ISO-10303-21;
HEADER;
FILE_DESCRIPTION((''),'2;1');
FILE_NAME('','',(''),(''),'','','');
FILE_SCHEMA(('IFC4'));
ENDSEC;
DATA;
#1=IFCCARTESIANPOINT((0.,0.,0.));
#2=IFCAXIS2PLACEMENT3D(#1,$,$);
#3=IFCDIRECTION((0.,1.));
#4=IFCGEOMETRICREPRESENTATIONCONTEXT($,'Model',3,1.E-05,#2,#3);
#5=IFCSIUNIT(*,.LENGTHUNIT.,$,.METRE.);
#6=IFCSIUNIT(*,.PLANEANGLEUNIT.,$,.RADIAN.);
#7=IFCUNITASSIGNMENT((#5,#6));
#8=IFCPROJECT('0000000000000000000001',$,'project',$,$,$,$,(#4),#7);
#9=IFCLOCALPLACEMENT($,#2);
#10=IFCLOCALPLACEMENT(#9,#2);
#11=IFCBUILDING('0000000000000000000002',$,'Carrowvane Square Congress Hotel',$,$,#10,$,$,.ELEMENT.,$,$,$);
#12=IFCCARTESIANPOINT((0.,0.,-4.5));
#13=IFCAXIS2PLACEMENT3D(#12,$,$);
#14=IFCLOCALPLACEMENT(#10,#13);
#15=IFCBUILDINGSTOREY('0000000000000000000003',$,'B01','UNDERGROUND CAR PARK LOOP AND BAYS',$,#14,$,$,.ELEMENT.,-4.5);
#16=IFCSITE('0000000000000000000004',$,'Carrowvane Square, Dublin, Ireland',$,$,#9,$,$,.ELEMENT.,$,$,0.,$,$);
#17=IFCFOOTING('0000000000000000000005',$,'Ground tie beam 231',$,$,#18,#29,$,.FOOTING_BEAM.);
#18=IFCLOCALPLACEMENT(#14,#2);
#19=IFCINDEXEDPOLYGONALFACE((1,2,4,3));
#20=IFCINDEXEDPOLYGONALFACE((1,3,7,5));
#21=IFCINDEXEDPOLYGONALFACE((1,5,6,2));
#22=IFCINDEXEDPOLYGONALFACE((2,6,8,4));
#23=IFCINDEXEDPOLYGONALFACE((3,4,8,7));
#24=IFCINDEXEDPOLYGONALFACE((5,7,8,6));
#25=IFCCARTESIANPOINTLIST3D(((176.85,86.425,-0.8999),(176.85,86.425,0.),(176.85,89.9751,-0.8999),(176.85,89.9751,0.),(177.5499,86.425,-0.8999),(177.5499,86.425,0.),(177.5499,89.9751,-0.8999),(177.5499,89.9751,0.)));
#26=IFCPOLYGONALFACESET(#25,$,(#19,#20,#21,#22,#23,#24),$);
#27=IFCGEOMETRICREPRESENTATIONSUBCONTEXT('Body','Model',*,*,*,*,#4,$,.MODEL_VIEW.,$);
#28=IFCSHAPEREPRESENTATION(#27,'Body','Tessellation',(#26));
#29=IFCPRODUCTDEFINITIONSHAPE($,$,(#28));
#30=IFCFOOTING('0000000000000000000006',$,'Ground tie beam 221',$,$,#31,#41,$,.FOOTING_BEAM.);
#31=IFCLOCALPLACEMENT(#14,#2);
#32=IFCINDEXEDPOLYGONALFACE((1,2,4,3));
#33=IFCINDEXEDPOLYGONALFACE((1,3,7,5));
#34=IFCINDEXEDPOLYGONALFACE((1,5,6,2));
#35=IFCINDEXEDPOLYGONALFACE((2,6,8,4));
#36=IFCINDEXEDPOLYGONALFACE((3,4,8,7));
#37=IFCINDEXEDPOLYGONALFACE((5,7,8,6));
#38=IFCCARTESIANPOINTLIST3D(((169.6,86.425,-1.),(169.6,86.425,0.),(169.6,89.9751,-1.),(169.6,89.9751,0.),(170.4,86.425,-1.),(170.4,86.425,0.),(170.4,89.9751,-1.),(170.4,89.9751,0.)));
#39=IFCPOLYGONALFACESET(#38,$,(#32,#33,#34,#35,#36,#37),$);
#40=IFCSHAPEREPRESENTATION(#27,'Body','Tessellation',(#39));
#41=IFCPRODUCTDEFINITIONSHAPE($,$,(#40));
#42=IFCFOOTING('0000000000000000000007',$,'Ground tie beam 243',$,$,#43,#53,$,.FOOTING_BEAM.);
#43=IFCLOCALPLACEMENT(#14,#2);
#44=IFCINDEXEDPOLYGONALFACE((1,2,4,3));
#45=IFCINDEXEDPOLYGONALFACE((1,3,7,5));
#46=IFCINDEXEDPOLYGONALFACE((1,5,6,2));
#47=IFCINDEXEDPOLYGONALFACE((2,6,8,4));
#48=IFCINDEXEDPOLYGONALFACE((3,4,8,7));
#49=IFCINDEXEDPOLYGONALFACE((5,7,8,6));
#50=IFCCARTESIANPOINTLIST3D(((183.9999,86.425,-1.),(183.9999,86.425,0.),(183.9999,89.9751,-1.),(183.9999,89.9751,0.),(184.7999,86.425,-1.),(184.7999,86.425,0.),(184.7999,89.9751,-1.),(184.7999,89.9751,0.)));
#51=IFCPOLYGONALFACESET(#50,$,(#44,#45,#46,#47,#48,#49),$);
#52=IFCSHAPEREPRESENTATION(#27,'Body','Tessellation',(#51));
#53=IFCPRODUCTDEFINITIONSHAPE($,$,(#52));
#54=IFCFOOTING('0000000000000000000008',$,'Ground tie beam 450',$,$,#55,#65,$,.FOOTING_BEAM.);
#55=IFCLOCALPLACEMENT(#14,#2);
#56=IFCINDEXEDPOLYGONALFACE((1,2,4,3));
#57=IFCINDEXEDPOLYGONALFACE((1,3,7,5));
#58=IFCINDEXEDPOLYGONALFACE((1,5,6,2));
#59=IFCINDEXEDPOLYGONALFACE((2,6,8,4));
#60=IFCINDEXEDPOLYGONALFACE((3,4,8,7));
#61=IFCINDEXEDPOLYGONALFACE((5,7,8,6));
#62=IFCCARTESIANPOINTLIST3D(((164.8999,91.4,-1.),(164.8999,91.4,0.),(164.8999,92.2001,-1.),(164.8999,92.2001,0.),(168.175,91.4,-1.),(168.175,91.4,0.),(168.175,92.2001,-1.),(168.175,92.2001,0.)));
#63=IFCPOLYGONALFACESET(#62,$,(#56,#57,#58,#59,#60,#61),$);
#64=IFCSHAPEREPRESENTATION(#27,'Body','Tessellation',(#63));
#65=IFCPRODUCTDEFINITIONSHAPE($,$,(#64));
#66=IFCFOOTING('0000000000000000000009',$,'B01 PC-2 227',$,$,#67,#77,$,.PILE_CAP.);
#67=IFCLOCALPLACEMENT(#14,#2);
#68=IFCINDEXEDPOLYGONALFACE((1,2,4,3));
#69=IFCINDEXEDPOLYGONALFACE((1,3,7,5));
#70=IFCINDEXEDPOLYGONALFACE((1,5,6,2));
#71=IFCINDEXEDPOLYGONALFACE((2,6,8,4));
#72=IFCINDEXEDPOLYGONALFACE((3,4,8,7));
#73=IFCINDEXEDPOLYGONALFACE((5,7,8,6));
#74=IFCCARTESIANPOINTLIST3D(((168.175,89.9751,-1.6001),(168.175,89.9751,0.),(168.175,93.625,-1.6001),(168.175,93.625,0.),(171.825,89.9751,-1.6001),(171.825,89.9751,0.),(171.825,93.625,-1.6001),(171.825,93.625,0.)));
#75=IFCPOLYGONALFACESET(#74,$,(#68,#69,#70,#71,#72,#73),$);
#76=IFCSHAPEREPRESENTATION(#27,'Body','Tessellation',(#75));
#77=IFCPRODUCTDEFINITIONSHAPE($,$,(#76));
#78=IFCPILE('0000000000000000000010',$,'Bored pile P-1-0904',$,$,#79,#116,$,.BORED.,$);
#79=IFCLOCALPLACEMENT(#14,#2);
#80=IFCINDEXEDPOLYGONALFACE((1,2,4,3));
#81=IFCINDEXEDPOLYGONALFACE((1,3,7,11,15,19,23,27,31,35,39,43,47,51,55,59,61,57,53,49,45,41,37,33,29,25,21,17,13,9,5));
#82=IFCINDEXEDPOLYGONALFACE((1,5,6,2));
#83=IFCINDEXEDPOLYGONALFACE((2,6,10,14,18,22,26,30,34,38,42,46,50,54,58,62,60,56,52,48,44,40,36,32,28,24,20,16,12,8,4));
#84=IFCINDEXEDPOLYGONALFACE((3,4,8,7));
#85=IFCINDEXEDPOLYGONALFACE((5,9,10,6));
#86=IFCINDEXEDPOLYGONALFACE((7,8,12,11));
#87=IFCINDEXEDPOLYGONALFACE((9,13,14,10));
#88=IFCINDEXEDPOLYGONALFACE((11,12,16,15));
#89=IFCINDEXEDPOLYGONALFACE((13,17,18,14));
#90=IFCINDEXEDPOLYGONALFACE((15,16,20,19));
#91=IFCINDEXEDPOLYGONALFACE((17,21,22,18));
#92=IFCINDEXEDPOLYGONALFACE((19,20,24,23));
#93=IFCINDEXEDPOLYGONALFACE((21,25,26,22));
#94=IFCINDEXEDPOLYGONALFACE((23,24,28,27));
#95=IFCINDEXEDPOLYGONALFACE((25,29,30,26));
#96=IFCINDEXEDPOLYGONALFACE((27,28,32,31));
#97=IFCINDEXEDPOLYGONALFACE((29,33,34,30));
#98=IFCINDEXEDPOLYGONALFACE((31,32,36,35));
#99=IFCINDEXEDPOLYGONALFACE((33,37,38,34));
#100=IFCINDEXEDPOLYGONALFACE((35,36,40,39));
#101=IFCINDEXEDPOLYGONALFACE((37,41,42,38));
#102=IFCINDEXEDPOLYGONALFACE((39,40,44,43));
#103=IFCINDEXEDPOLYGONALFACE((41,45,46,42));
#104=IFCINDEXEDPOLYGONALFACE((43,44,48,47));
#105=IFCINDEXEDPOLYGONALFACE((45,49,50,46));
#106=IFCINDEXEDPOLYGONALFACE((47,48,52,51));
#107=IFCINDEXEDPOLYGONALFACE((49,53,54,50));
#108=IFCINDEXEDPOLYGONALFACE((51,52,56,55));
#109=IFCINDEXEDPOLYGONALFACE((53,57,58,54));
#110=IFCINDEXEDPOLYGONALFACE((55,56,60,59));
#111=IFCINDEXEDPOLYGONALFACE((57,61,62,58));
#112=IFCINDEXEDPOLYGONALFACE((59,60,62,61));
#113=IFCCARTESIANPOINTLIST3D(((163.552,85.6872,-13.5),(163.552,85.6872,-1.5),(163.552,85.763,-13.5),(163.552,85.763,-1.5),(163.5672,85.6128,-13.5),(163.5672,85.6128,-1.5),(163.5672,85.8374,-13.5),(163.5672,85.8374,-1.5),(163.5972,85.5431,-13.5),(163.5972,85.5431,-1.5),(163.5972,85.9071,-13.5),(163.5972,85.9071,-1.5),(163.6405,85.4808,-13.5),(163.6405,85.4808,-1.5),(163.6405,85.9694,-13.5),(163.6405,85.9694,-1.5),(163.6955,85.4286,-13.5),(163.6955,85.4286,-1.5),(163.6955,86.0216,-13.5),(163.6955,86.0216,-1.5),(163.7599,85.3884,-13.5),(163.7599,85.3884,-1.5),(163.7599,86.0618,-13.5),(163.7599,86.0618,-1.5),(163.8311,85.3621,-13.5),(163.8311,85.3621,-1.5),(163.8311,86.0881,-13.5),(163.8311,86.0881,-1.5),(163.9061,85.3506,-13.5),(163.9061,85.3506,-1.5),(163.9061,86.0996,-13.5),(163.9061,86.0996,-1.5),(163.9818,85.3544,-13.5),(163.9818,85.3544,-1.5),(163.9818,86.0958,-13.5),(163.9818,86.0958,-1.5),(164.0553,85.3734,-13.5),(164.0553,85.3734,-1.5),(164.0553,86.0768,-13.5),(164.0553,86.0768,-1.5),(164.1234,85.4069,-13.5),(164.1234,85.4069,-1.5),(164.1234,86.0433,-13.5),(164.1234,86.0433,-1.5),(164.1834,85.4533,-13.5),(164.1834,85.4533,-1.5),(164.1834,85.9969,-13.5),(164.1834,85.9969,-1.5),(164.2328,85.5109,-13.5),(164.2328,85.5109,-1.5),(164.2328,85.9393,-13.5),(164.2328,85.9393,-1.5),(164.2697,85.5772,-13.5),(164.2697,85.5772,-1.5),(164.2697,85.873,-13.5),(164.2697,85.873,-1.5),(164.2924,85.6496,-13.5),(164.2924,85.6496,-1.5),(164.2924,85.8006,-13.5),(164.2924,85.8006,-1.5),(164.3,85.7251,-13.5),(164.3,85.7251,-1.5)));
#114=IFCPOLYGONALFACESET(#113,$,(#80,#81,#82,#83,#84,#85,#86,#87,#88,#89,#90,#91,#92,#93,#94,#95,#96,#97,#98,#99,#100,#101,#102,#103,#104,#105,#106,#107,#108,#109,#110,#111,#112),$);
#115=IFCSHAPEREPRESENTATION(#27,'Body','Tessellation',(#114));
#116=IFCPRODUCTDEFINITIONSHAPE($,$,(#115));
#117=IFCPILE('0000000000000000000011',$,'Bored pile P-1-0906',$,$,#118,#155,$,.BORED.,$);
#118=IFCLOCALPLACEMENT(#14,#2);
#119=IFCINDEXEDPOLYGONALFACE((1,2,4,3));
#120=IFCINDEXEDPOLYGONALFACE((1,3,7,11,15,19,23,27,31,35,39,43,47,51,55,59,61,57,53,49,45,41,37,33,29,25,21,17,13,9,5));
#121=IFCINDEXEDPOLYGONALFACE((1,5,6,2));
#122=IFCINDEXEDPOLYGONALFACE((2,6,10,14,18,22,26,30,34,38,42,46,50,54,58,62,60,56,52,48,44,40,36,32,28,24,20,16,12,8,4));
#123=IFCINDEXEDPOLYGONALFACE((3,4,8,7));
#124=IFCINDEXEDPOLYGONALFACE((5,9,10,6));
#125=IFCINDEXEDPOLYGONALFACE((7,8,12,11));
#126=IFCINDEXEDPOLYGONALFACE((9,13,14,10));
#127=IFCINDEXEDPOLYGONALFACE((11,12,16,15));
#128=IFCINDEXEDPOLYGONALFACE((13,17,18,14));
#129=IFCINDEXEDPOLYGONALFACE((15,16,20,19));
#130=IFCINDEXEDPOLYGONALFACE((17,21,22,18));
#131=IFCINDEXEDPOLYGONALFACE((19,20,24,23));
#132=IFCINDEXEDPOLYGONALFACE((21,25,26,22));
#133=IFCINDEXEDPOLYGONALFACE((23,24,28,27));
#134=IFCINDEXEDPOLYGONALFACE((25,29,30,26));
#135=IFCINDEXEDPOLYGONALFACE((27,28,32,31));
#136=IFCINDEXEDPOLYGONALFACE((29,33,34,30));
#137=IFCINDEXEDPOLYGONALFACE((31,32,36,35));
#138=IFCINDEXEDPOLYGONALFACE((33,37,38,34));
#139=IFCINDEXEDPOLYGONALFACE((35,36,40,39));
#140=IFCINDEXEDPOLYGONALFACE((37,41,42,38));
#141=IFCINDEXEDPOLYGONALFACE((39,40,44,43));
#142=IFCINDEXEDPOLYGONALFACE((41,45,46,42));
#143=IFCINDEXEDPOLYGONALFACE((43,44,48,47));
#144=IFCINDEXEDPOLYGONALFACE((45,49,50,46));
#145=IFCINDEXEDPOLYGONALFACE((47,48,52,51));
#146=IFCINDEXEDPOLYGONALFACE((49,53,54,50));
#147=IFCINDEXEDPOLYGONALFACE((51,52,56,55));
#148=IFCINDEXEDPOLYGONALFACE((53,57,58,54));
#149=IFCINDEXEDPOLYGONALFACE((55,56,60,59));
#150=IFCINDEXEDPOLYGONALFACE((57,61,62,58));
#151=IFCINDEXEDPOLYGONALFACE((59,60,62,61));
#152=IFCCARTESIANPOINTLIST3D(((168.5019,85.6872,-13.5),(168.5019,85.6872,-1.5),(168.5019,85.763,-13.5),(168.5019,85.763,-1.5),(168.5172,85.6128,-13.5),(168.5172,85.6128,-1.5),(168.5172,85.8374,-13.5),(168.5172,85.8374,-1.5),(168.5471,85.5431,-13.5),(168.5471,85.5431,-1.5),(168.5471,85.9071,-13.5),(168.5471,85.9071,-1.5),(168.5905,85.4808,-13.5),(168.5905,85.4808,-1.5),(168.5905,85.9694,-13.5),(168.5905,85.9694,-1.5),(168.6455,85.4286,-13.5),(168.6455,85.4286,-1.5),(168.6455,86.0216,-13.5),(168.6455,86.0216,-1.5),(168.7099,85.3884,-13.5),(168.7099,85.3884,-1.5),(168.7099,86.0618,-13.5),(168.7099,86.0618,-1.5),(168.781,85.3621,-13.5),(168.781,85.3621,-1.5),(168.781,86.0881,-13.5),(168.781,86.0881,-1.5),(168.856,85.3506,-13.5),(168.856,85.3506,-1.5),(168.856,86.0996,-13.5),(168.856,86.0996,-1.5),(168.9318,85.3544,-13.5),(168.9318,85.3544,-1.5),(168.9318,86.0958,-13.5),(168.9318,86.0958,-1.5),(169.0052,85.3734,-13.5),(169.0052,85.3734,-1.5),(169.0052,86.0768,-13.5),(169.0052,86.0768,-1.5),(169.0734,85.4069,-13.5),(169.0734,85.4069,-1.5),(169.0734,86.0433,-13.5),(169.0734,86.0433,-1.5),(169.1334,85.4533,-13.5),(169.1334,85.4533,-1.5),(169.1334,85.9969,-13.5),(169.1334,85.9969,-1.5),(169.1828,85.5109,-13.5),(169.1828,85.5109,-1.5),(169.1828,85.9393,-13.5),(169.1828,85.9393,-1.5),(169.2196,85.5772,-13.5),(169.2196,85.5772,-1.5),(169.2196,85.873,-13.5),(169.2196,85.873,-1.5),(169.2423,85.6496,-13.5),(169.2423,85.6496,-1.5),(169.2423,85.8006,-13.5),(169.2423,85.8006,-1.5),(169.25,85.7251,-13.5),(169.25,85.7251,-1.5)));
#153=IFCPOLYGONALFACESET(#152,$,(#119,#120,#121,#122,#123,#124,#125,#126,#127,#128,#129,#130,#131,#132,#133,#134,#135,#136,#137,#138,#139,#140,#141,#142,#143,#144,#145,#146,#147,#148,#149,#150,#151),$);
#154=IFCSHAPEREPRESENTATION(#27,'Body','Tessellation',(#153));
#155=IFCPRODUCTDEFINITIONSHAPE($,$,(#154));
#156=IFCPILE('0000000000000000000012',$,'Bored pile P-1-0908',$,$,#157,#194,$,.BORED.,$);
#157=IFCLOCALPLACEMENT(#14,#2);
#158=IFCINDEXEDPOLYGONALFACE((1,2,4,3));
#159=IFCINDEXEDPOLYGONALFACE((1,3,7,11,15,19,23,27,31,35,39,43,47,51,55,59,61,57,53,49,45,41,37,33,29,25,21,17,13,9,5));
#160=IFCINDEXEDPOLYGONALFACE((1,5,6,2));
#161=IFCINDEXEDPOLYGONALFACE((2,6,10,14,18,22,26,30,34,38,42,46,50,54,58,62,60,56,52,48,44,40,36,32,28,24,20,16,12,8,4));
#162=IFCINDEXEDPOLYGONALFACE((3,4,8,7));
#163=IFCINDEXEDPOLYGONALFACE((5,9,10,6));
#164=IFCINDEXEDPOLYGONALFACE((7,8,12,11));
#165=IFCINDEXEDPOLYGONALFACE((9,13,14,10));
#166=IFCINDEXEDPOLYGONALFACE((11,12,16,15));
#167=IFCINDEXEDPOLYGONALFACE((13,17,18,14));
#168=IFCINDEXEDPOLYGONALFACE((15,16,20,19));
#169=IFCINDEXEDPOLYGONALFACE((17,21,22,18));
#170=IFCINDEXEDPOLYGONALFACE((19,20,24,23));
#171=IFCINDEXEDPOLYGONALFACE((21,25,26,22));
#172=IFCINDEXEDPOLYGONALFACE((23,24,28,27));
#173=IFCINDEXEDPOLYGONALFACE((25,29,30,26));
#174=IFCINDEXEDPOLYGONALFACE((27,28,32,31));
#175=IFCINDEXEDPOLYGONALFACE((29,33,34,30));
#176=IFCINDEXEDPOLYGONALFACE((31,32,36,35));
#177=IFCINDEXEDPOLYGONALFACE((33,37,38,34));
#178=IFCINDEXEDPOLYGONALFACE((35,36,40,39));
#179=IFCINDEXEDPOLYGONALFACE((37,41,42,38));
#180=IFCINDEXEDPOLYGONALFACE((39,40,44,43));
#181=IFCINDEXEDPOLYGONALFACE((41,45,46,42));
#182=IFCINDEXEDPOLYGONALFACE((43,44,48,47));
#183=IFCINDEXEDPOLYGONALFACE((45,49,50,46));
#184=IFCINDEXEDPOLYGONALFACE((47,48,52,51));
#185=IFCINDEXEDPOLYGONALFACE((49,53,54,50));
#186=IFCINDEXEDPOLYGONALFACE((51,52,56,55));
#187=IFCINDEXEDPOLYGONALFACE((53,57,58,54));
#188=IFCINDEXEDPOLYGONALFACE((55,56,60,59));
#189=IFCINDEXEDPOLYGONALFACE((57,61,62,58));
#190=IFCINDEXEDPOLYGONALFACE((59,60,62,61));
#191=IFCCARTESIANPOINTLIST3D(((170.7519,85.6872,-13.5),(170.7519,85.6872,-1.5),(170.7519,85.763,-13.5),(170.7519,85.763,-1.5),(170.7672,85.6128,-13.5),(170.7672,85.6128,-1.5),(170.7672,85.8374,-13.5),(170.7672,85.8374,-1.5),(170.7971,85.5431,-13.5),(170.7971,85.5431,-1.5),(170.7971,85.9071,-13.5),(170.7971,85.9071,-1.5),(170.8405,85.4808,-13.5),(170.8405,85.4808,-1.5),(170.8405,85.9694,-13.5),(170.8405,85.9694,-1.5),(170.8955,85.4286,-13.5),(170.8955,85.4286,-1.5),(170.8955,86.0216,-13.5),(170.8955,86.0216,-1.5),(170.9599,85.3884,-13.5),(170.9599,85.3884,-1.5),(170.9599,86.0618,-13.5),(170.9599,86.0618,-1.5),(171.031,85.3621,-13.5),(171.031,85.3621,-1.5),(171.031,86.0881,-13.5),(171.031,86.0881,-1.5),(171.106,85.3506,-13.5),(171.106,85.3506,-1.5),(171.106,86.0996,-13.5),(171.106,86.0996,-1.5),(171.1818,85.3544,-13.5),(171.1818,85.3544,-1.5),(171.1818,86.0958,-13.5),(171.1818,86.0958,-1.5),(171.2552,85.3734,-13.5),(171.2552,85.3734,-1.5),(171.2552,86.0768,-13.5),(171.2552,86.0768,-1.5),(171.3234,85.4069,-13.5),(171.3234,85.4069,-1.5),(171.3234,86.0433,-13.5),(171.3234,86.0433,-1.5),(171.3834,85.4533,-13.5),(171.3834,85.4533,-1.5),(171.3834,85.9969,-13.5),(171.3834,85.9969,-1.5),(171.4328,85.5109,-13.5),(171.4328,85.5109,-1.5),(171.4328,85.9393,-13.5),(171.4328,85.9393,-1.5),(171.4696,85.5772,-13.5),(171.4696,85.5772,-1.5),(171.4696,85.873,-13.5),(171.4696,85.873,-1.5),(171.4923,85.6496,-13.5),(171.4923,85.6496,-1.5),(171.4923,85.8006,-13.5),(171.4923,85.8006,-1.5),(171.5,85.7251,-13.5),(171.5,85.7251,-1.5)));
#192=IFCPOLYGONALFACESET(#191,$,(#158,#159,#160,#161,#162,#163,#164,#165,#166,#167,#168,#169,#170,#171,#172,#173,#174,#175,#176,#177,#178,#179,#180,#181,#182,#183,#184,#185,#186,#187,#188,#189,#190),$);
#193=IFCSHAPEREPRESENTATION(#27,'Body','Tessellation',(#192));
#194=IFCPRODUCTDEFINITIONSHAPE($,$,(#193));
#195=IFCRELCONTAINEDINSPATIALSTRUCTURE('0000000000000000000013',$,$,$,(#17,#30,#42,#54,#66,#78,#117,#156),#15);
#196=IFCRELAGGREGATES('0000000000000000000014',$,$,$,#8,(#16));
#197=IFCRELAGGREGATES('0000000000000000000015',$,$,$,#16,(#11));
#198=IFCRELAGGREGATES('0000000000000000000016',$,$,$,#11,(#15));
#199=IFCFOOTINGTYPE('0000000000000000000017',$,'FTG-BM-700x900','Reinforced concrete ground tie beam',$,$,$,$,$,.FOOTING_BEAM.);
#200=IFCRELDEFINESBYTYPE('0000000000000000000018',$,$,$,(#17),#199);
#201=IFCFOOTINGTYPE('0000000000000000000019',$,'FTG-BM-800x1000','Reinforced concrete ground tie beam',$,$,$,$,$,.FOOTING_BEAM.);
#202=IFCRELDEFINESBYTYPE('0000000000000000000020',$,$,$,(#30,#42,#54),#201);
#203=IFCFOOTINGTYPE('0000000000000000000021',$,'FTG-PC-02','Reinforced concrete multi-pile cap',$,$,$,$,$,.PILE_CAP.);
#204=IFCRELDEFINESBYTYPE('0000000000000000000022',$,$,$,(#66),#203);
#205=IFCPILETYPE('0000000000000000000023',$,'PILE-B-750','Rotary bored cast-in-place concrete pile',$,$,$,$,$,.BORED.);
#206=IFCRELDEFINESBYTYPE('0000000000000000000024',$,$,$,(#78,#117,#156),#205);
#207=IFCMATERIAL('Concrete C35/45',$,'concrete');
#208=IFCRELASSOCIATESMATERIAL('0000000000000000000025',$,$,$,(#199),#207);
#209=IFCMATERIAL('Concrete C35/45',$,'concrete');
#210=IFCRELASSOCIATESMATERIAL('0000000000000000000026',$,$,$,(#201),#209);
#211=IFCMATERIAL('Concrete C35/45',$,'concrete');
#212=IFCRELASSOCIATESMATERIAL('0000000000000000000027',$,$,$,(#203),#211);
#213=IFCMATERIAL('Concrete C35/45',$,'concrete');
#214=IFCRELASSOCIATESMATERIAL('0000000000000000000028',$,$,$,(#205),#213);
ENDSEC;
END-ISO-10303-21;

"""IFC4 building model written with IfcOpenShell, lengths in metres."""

from ifc_helpers import new_model, si_unit, direction, frame, origin, origin_2d, place, context, subcontext, project, spatial, rectangle, circle, extrude, material, material_profile, profile_set, type_object, element, save


model = new_model("IFC4")

# Units and contexts
model_context = context("Model", 3, precision=1e-05, world=origin(), true_north=direction((0.0, 1.0)))
body_context = subcontext(model_context, "Body", "Model", "MODEL_VIEW")
ifc_project = project(units=[si_unit("LENGTHUNIT", "METRE"), si_unit("PLANEANGLEUNIT", "RADIAN")], contexts=[model_context])

# Site, building, storey
site_placement = place(None, origin())
site = spatial("IfcSite", under=ifc_project, at=site_placement, Name="Carrowvane Square, Dublin, Ireland", CompositionType="ELEMENT", RefElevation=0.0)
building_placement = place(site_placement, origin())
building = spatial("IfcBuilding", under=site, at=building_placement, Name="Carrowvane Square Congress Hotel", CompositionType="ELEMENT")
storey_placement = place(building_placement, frame((0.0, 0.0, -4.5)))
storey = spatial("IfcBuildingStorey", under=building, at=storey_placement, Name="B01", Description="UNDERGROUND CAR PARK LOOP AND BAYS", CompositionType="ELEMENT", Elevation=-4.5)

# Footings
ifc_material_1 = material(Name="Concrete C35/45", Category="concrete")
ifc_material_profile_1 = material_profile(ifc_material_1, rectangle(XDim=0.7, YDim=0.8999, at=origin_2d()), Name="RC 700x900")
ifc_profile_set_1 = profile_set([ifc_material_profile_1], Name="Concrete C35/45")
footing_type_1 = type_object("IfcFootingType", Name="FTG-BM-700x900", Description="Reinforced concrete ground tie beam", PredefinedType="FOOTING_BEAM", material=ifc_profile_set_1)
footing_1_placement = place(storey_placement, frame((177.2, 86.425, -0.45), z_axis=(0.0, 1.0, 0.0), x_axis=(-1.0, 0.0, 0.0)))
element("IfcFooting", 1, at=footing_1_placement, inside=storey, type_object=footing_type_1, Name="Ground tie beam 231", PredefinedType="FOOTING_BEAM", context=body_context, shape_type="SweptSolid", body=[
    extrude(rectangle(XDim=0.7, YDim=0.8999, at=origin_2d()), origin(), (0.0, 0.0, 1.0), 3.55),
])
ifc_material_2 = material(Name="Concrete C35/45", Category="concrete")
ifc_material_profile_2 = material_profile(ifc_material_2, rectangle(XDim=0.8, YDim=1.0, at=origin_2d()), Name="RC 800x1000")
ifc_profile_set_2 = profile_set([ifc_material_profile_2], Name="Concrete C35/45")
footing_type_2 = type_object("IfcFootingType", Name="FTG-BM-800x1000", Description="Reinforced concrete ground tie beam", PredefinedType="FOOTING_BEAM", material=ifc_profile_set_2)
for number, where, z_axis, x_axis, name in (
    (2, (170.0, 86.425, -0.5), (0.0, 1.0, 0.0), (-1.0, 0.0, 0.0), "Ground tie beam 221"),
    (3, (184.3999, 86.425, -0.5), (0.0, 1.0, 0.0), (-1.0, 0.0, 0.0), "Ground tie beam 243"),
):
    element("IfcFooting", number, at=place(storey_placement, frame(where, z_axis=z_axis, x_axis=x_axis)), inside=storey, type_object=footing_type_2, Name=name, PredefinedType="FOOTING_BEAM", context=body_context, shape_type="SweptSolid", body=[
        extrude(rectangle(XDim=0.8, YDim=1.0, at=origin_2d()), origin(), (0.0, 0.0, 1.0), 3.55),
    ])
footing_2_placement = place(storey_placement, frame((164.8999, 91.8, -0.5), z_axis=(1.0, 0.0, 0.0), x_axis=(0.0, 1.0, 0.0)))
element("IfcFooting", 4, at=footing_2_placement, inside=storey, type_object=footing_type_2, Name="Ground tie beam 450", PredefinedType="FOOTING_BEAM", context=body_context, shape_type="SweptSolid", body=[
    extrude(rectangle(XDim=0.8, YDim=1.0, at=origin_2d()), origin(), (0.0, 0.0, 1.0), 3.2751),
])
ifc_material_3 = material(Name="Concrete C35/45", Category="concrete")
footing_type_3 = type_object("IfcFootingType", Name="FTG-PC-02", Description="Reinforced concrete multi-pile cap", PredefinedType="PILE_CAP", material=ifc_material_3)
footing_3_placement = place(storey_placement, frame((170.0, 91.8, -1.6001), z_axis=(0.0, 0.0, 1.0), x_axis=(1.0, 0.0, 0.0)))
element("IfcFooting", 5, at=footing_3_placement, inside=storey, type_object=footing_type_3, Name="B01 PC-2 227", PredefinedType="PILE_CAP", context=body_context, shape_type="SweptSolid", body=[
    extrude(rectangle(XDim=3.6499, YDim=3.6499, at=origin_2d()), origin(), (0.0, 0.0, 1.0), 1.6001),
])

# Piles
ifc_material_4 = material(Name="Concrete C35/45", Category="concrete")
ifc_material_profile_3 = material_profile(ifc_material_4, circle(Radius=0.375, at=origin_2d()), Name="PILE D750")
ifc_profile_set_3 = profile_set([ifc_material_profile_3], Name="Concrete C35/45")
pile_type = type_object("IfcPileType", Name="PILE-B-750", Description="Rotary bored cast-in-place concrete pile", PredefinedType="BORED", material=ifc_profile_set_3)
for number, where, z_axis, x_axis, name in (
    (6, (163.925, 85.7251, -1.5), (0.0, 0.0, -1.0), (1.0, 0.0, 0.0), "Bored pile P-1-0904"),
    (7, (168.875, 85.7251, -1.5), (0.0, 0.0, -1.0), (1.0, 0.0, 0.0), "Bored pile P-1-0906"),
    (8, (171.125, 85.7251, -1.5), (0.0, 0.0, -1.0), (1.0, 0.0, 0.0), "Bored pile P-1-0908"),
):
    element("IfcPile", number, at=place(storey_placement, frame(where, z_axis=z_axis, x_axis=x_axis)), inside=storey, type_object=pile_type, Name=name, PredefinedType="BORED", context=body_context, shape_type="SweptSolid", body=[
        extrude(circle(Radius=0.375, at=origin_2d()), origin(), (0.0, 0.0, 1.0), 12.0),
    ])

save(model, "model.ifc")
